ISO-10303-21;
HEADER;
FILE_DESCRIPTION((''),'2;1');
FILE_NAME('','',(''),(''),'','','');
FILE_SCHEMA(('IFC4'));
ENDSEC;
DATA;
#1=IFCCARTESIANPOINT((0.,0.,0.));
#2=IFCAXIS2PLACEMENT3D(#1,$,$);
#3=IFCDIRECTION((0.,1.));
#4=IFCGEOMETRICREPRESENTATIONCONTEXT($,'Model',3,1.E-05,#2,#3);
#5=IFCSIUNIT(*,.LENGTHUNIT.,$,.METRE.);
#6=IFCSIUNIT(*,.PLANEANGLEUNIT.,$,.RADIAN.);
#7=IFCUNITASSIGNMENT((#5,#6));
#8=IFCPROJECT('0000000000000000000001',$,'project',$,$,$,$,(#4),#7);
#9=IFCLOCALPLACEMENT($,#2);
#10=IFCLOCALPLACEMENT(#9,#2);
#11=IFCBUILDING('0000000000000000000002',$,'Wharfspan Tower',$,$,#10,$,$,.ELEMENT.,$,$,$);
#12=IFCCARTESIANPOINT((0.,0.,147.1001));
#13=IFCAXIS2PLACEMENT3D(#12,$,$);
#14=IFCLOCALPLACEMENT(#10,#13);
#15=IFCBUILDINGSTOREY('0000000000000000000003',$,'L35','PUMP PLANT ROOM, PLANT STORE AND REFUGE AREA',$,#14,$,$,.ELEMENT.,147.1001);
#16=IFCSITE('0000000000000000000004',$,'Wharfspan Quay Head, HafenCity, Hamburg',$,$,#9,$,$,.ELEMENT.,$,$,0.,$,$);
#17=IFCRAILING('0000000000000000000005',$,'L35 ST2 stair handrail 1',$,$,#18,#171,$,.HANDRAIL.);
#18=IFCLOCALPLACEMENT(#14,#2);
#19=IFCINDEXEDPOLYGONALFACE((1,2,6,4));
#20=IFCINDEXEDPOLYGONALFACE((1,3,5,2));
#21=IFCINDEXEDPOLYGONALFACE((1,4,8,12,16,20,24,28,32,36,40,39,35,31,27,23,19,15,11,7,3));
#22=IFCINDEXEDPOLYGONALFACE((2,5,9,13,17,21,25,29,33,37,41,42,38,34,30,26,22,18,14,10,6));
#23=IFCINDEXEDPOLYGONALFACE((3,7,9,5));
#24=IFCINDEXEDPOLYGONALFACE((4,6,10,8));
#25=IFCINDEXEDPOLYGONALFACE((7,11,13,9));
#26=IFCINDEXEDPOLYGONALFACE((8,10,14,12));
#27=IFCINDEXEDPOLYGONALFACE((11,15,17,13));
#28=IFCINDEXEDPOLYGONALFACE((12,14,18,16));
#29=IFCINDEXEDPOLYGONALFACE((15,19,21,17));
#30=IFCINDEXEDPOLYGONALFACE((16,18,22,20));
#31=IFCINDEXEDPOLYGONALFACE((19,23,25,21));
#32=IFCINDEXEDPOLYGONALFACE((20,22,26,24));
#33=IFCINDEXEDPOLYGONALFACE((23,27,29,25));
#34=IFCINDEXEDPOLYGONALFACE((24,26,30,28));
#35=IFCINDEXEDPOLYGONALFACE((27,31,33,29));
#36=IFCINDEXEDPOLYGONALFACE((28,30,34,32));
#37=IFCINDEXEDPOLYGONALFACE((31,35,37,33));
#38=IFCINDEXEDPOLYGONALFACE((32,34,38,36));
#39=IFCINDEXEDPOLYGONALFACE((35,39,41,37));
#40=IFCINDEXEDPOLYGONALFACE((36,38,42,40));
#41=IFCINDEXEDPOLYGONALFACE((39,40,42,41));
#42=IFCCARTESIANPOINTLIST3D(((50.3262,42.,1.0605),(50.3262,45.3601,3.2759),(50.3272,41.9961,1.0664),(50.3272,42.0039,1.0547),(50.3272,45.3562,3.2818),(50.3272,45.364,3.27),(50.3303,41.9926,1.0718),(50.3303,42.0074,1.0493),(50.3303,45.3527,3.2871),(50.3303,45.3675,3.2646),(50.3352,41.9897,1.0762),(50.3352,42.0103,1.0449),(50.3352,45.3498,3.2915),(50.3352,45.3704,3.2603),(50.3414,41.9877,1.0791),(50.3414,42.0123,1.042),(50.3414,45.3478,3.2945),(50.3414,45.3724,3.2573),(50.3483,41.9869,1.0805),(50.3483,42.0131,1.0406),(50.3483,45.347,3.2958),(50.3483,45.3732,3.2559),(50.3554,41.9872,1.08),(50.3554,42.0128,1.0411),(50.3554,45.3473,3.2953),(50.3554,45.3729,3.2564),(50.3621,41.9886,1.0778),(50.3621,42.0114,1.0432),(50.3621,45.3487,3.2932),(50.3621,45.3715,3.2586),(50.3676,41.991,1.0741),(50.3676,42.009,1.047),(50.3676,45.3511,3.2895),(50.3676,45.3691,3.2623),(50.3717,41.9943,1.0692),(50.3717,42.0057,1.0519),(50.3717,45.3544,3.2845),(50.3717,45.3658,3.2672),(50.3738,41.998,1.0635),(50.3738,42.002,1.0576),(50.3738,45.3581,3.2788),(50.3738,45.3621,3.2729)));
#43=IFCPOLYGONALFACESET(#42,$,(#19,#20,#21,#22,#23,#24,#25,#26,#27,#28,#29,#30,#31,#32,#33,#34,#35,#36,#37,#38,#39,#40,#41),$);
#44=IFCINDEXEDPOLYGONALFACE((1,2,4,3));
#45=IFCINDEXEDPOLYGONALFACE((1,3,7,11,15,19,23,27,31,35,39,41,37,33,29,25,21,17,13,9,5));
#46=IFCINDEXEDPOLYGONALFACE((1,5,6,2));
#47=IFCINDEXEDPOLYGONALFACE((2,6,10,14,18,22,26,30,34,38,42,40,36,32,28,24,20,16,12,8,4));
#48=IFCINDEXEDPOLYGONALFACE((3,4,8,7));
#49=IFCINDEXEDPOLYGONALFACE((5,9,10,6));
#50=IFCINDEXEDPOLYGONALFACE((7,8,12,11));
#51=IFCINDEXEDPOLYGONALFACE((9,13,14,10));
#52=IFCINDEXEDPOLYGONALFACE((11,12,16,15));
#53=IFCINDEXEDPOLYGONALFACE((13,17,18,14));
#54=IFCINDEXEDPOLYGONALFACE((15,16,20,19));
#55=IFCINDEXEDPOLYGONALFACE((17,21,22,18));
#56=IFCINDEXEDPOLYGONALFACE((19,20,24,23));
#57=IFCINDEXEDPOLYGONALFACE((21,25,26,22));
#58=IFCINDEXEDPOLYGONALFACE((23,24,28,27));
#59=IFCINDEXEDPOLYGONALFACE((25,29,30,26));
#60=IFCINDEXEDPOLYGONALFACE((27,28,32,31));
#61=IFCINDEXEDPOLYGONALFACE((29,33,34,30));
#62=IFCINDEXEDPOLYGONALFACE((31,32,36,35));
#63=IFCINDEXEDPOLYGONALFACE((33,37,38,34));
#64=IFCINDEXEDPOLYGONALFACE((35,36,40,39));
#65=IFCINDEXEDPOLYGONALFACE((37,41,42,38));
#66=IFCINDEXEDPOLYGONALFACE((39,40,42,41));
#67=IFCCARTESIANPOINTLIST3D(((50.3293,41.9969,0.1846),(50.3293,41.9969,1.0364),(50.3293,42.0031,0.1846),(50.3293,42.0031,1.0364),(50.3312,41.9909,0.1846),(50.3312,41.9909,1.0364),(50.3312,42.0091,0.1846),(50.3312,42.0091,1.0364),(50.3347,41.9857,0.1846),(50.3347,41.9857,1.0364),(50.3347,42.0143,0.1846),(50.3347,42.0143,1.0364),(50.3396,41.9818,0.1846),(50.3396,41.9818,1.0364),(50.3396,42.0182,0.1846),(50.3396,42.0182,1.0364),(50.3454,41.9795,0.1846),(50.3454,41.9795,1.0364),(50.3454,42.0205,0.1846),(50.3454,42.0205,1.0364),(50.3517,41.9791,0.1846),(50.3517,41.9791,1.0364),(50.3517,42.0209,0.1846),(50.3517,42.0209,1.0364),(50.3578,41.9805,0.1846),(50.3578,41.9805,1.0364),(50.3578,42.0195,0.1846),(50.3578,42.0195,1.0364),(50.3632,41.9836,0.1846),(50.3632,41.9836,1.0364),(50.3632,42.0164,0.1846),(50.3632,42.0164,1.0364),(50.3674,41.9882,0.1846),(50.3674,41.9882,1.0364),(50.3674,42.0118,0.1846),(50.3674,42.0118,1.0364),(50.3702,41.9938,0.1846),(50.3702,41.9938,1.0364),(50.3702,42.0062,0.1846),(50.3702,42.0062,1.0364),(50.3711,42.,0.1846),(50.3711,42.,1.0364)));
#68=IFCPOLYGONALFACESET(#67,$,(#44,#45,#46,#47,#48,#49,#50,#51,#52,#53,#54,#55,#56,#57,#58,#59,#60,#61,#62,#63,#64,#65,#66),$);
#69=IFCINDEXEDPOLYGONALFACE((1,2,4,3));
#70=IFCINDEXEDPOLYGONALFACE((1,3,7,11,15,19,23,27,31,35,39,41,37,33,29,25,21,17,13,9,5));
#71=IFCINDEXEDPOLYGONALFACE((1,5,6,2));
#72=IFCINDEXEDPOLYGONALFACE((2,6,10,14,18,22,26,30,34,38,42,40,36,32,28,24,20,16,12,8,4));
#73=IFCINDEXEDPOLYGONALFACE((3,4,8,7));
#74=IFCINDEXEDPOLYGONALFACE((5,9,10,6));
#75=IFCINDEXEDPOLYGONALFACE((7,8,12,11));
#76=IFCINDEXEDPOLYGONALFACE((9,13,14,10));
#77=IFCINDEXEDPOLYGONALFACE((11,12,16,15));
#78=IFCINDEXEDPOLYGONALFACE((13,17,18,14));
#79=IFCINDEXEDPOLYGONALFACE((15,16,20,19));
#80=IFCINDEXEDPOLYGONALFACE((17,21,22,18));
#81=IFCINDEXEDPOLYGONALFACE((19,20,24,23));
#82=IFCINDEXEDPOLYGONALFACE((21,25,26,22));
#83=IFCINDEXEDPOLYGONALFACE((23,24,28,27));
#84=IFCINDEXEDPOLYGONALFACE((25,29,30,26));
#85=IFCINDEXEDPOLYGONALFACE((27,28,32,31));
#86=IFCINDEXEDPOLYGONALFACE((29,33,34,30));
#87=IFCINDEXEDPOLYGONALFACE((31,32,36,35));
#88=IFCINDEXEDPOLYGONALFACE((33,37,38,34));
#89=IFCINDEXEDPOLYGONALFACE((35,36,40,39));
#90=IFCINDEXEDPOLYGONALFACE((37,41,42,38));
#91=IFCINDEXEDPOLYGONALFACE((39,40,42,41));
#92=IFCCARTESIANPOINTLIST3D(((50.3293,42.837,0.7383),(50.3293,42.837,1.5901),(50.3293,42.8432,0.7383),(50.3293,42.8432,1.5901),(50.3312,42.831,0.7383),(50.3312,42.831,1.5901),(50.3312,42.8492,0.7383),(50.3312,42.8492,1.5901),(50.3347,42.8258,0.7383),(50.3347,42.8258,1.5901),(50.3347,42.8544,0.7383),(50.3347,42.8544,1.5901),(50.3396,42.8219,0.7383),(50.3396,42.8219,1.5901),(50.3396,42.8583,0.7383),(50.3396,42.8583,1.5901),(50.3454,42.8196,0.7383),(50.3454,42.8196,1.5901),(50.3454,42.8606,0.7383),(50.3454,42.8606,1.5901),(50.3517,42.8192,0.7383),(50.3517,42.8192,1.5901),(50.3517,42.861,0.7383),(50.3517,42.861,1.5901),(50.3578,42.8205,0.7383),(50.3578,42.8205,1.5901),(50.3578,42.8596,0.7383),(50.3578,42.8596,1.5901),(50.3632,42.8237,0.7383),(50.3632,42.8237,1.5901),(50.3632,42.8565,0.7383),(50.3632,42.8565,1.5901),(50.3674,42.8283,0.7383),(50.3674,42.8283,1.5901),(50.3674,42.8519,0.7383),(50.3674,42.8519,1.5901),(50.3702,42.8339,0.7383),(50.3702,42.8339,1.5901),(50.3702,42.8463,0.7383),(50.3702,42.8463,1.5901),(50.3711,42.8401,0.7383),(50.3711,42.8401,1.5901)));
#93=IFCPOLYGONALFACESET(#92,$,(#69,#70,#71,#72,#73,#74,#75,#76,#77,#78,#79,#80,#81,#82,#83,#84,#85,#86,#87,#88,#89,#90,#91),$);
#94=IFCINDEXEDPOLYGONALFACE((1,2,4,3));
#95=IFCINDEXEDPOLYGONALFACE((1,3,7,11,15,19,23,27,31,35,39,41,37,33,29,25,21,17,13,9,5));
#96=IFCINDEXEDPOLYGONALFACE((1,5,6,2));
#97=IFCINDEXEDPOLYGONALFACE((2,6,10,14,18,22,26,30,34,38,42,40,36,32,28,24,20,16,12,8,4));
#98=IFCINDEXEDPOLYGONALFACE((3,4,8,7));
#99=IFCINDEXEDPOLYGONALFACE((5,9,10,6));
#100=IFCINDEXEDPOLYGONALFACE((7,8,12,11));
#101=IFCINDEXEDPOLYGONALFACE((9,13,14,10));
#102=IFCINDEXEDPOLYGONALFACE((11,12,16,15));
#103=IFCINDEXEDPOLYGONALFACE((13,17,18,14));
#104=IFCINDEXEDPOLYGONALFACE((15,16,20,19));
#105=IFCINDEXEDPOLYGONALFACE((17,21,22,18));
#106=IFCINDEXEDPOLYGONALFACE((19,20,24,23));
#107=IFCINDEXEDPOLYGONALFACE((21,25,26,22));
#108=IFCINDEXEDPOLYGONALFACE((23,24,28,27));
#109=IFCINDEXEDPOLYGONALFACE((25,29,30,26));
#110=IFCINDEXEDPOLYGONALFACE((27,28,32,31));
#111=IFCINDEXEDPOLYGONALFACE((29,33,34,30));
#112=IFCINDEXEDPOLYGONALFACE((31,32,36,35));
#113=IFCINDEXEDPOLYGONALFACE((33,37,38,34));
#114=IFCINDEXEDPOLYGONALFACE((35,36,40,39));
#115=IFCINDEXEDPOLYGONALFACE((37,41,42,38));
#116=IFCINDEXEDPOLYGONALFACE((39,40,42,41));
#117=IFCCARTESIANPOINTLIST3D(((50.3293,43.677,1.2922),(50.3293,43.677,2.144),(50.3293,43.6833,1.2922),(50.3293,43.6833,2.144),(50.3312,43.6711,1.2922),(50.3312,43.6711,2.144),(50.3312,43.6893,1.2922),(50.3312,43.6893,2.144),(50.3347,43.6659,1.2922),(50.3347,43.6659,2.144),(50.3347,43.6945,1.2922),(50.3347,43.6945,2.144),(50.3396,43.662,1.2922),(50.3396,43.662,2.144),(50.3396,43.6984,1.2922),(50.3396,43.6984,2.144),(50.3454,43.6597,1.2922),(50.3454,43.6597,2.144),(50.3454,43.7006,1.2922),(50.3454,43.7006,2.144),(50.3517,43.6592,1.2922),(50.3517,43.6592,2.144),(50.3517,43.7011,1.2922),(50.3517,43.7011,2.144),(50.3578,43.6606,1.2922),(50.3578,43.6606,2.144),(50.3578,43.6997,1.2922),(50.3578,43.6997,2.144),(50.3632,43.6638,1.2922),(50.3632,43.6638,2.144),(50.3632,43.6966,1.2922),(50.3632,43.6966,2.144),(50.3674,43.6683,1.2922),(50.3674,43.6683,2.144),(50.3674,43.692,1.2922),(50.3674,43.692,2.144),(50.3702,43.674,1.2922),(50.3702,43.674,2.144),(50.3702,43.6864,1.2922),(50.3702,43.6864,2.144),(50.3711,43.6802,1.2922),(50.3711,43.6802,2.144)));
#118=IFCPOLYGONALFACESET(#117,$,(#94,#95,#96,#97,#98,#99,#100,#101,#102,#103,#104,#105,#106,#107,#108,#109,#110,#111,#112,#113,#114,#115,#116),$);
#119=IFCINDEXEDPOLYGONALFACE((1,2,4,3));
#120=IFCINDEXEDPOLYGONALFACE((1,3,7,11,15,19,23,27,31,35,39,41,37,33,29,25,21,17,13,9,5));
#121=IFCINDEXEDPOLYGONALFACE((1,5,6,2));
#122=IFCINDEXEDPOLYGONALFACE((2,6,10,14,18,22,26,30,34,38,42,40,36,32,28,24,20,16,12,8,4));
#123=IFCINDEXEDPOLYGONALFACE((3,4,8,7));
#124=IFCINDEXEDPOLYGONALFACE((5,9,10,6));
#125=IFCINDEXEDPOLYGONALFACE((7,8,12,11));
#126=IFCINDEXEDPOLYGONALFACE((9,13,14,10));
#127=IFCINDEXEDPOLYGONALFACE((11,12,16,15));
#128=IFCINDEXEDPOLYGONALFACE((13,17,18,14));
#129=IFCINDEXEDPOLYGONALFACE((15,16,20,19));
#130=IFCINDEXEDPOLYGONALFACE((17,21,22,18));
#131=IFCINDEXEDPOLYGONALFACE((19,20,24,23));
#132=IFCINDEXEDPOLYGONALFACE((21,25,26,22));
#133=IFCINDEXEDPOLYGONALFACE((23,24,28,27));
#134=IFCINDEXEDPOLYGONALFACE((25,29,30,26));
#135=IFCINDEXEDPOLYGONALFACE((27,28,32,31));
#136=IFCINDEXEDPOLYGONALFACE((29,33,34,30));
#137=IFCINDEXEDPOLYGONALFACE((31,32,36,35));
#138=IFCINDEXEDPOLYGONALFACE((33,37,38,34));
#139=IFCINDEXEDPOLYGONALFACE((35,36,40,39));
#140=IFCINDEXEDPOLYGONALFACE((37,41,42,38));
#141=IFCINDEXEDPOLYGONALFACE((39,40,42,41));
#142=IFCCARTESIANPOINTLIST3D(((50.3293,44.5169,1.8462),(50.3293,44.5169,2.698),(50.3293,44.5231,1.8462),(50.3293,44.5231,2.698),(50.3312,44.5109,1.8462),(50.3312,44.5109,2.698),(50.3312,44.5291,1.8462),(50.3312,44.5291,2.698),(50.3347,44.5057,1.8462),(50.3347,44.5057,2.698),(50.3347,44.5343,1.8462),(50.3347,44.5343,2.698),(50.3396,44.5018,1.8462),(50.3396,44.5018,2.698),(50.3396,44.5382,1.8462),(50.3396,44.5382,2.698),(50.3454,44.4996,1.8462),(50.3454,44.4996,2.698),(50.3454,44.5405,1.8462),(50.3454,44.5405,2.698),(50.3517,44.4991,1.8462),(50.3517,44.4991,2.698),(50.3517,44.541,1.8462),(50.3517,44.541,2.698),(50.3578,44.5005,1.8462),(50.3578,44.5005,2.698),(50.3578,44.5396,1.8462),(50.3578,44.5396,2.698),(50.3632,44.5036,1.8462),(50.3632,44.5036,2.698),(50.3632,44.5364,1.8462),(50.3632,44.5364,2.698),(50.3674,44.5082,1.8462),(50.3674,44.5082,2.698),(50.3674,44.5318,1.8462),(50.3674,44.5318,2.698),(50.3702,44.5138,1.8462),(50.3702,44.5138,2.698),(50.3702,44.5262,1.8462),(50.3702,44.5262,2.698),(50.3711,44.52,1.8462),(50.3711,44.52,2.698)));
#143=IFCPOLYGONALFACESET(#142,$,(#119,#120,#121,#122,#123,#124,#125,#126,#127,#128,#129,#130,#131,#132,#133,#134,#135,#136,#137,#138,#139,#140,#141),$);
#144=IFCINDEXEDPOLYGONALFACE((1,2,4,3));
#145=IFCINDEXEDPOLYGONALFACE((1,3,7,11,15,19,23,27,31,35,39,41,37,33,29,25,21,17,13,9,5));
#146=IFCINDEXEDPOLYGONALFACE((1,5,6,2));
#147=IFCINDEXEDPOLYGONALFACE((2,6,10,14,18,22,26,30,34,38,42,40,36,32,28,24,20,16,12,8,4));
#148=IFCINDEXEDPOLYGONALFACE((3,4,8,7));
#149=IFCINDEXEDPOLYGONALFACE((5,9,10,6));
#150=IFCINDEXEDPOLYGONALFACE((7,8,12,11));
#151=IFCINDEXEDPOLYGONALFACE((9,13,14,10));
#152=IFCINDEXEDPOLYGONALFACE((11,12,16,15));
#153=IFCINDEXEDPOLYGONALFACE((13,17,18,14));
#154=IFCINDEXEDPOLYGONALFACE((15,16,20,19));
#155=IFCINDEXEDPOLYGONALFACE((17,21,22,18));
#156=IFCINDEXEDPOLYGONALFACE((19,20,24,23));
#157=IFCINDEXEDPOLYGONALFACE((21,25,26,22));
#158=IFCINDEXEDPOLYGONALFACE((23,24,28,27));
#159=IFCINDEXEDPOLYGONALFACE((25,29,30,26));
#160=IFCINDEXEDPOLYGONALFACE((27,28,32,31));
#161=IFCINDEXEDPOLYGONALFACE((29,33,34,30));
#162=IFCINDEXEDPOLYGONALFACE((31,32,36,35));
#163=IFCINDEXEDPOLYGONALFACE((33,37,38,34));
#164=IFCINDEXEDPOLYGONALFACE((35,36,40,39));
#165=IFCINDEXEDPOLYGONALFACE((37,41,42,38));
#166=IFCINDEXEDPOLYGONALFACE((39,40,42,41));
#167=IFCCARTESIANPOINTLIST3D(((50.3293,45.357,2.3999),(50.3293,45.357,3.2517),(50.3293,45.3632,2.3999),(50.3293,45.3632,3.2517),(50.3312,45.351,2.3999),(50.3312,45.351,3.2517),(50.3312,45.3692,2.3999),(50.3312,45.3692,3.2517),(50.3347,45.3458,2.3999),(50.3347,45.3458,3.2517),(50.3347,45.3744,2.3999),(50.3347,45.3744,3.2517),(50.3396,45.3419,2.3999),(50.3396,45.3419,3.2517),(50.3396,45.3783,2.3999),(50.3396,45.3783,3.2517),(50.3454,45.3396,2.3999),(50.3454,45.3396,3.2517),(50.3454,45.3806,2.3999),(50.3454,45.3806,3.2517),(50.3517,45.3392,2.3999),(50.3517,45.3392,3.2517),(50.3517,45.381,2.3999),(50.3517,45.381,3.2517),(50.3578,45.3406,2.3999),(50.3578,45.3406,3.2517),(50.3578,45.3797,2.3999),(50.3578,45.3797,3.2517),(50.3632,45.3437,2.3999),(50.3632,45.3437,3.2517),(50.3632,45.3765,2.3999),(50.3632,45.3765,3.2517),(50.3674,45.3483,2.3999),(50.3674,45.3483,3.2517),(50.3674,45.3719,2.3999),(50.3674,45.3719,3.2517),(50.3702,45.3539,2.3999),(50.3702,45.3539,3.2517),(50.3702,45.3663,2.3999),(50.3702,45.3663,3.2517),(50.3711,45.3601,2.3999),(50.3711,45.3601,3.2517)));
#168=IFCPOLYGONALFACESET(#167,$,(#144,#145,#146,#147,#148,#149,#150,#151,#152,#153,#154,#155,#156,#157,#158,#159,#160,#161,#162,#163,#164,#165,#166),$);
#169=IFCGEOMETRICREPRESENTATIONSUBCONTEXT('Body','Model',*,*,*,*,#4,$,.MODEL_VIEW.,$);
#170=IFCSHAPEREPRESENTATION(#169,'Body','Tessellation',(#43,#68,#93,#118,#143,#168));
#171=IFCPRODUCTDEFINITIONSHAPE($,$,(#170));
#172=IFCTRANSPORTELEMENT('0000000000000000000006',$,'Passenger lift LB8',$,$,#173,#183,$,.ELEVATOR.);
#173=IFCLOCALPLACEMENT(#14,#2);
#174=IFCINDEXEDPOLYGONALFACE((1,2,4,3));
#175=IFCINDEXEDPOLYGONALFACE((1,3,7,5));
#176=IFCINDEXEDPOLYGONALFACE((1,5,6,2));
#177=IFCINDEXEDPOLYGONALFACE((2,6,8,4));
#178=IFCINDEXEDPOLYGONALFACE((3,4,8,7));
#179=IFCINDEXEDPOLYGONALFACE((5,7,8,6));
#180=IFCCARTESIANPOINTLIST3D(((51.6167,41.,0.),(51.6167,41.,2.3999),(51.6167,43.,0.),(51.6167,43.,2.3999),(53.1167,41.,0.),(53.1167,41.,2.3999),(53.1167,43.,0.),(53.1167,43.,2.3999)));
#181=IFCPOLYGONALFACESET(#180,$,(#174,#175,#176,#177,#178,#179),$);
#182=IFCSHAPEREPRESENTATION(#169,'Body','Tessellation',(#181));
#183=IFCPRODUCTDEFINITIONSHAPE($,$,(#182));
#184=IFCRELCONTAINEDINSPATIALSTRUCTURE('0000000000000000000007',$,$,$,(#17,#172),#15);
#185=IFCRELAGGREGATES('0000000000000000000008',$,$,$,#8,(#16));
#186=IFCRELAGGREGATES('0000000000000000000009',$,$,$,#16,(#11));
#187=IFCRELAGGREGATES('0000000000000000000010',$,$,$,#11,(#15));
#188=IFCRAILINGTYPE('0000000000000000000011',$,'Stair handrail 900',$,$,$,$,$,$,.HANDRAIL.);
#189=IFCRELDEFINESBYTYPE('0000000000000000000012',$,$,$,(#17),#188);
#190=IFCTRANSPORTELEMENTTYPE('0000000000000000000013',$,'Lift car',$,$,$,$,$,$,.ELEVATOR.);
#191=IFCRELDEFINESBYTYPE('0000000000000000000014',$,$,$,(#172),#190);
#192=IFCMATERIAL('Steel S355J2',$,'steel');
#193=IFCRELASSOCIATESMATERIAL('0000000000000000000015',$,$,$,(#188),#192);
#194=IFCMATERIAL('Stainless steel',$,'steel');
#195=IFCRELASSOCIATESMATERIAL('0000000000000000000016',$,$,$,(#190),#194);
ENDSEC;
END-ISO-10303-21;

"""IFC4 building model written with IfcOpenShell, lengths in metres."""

from ifc_helpers import new_model, si_unit, direction, frame, origin, origin_2d, place, context, subcontext, project, spatial, rectangle, circle, extrude, material, type_object, element, save


model = new_model("IFC4")

# Units and contexts
model_context = context("Model", 3, precision=1e-05, world=origin(), true_north=direction((0.0, 1.0)))
body_context = subcontext(model_context, "Body", "Model", "MODEL_VIEW")
ifc_project = project(units=[si_unit("LENGTHUNIT", "METRE"), si_unit("PLANEANGLEUNIT", "RADIAN")], contexts=[model_context])

# Site, building, storey
site_placement = place(None, origin())
site = spatial("IfcSite", under=ifc_project, at=site_placement, Name="Wharfspan Quay Head, HafenCity, Hamburg", CompositionType="ELEMENT", RefElevation=0.0)
building_placement = place(site_placement, origin())
building = spatial("IfcBuilding", under=site, at=building_placement, Name="Wharfspan Tower", CompositionType="ELEMENT")
storey_placement = place(building_placement, frame((0.0, 0.0, 147.1001)))
storey = spatial("IfcBuildingStorey", under=building, at=storey_placement, Name="L35", Description="PUMP PLANT ROOM, PLANT STORE AND REFUGE AREA", CompositionType="ELEMENT", Elevation=147.1001)

# Shared definitions
ifc_material_1 = material(Name="Steel S355J2", Category="steel")

# Shared definitions
ifc_material_2 = material(Name="Stainless steel", Category="steel")

# Railing
railing_type = type_object("IfcRailingType", Name="Stair handrail 900", PredefinedType="HANDRAIL", material=ifc_material_1)
railing_placement = place(storey_placement, frame((50.3501, 42.0, 0.1846)))
element("IfcRailing", 1, at=railing_placement, inside=storey, type_object=railing_type, Name="L35 ST2 stair handrail 1", PredefinedType="HANDRAIL", context=body_context, shape_type="SweptSolid", body=[
    extrude(circle(Radius=0.0239, at=origin_2d()), frame((0.0, 0.0, 0.876), z_axis=(0.0, 0.834876, 0.550437), x_axis=(-1.0, 0.0, 0.0)), (0.0, 0.0, 1.0), 4.0247),
    extrude(circle(Radius=0.021, at=origin_2d()), origin(), (0.0, 0.0, 1.0), 0.8518),
    extrude(circle(Radius=0.021, at=origin_2d()), frame((0.0, 0.8401, 0.5537)), (0.0, 0.0, 1.0), 0.8518),
    extrude(circle(Radius=0.021, at=origin_2d()), frame((0.0, 1.6802, 1.1077)), (0.0, 0.0, 1.0), 0.8518),
    extrude(circle(Radius=0.021, at=origin_2d()), frame((0.0, 2.52, 1.6616)), (0.0, 0.0, 1.0), 0.8518),
    extrude(circle(Radius=0.021, at=origin_2d()), frame((0.0, 3.3601, 2.2153)), (0.0, 0.0, 1.0), 0.8518),
])

# Transport element
transport_element_type = type_object("IfcTransportElementType", Name="Lift car", PredefinedType="ELEVATOR", material=ifc_material_2)
transport_element_placement = place(storey_placement, frame((52.3667, 42.0, 0.0), z_axis=(0.0, 0.0, 1.0), x_axis=(1.0, 0.0, 0.0)))
element("IfcTransportElement", 2, at=transport_element_placement, inside=storey, type_object=transport_element_type, Name="Passenger lift LB8", PredefinedType="ELEVATOR", context=body_context, shape_type="SweptSolid", body=[
    extrude(rectangle(XDim=1.5, YDim=2.0, at=origin_2d()), origin(), (0.0, 0.0, 1.0), 2.3999),
])

save(model, "model.ifc")
